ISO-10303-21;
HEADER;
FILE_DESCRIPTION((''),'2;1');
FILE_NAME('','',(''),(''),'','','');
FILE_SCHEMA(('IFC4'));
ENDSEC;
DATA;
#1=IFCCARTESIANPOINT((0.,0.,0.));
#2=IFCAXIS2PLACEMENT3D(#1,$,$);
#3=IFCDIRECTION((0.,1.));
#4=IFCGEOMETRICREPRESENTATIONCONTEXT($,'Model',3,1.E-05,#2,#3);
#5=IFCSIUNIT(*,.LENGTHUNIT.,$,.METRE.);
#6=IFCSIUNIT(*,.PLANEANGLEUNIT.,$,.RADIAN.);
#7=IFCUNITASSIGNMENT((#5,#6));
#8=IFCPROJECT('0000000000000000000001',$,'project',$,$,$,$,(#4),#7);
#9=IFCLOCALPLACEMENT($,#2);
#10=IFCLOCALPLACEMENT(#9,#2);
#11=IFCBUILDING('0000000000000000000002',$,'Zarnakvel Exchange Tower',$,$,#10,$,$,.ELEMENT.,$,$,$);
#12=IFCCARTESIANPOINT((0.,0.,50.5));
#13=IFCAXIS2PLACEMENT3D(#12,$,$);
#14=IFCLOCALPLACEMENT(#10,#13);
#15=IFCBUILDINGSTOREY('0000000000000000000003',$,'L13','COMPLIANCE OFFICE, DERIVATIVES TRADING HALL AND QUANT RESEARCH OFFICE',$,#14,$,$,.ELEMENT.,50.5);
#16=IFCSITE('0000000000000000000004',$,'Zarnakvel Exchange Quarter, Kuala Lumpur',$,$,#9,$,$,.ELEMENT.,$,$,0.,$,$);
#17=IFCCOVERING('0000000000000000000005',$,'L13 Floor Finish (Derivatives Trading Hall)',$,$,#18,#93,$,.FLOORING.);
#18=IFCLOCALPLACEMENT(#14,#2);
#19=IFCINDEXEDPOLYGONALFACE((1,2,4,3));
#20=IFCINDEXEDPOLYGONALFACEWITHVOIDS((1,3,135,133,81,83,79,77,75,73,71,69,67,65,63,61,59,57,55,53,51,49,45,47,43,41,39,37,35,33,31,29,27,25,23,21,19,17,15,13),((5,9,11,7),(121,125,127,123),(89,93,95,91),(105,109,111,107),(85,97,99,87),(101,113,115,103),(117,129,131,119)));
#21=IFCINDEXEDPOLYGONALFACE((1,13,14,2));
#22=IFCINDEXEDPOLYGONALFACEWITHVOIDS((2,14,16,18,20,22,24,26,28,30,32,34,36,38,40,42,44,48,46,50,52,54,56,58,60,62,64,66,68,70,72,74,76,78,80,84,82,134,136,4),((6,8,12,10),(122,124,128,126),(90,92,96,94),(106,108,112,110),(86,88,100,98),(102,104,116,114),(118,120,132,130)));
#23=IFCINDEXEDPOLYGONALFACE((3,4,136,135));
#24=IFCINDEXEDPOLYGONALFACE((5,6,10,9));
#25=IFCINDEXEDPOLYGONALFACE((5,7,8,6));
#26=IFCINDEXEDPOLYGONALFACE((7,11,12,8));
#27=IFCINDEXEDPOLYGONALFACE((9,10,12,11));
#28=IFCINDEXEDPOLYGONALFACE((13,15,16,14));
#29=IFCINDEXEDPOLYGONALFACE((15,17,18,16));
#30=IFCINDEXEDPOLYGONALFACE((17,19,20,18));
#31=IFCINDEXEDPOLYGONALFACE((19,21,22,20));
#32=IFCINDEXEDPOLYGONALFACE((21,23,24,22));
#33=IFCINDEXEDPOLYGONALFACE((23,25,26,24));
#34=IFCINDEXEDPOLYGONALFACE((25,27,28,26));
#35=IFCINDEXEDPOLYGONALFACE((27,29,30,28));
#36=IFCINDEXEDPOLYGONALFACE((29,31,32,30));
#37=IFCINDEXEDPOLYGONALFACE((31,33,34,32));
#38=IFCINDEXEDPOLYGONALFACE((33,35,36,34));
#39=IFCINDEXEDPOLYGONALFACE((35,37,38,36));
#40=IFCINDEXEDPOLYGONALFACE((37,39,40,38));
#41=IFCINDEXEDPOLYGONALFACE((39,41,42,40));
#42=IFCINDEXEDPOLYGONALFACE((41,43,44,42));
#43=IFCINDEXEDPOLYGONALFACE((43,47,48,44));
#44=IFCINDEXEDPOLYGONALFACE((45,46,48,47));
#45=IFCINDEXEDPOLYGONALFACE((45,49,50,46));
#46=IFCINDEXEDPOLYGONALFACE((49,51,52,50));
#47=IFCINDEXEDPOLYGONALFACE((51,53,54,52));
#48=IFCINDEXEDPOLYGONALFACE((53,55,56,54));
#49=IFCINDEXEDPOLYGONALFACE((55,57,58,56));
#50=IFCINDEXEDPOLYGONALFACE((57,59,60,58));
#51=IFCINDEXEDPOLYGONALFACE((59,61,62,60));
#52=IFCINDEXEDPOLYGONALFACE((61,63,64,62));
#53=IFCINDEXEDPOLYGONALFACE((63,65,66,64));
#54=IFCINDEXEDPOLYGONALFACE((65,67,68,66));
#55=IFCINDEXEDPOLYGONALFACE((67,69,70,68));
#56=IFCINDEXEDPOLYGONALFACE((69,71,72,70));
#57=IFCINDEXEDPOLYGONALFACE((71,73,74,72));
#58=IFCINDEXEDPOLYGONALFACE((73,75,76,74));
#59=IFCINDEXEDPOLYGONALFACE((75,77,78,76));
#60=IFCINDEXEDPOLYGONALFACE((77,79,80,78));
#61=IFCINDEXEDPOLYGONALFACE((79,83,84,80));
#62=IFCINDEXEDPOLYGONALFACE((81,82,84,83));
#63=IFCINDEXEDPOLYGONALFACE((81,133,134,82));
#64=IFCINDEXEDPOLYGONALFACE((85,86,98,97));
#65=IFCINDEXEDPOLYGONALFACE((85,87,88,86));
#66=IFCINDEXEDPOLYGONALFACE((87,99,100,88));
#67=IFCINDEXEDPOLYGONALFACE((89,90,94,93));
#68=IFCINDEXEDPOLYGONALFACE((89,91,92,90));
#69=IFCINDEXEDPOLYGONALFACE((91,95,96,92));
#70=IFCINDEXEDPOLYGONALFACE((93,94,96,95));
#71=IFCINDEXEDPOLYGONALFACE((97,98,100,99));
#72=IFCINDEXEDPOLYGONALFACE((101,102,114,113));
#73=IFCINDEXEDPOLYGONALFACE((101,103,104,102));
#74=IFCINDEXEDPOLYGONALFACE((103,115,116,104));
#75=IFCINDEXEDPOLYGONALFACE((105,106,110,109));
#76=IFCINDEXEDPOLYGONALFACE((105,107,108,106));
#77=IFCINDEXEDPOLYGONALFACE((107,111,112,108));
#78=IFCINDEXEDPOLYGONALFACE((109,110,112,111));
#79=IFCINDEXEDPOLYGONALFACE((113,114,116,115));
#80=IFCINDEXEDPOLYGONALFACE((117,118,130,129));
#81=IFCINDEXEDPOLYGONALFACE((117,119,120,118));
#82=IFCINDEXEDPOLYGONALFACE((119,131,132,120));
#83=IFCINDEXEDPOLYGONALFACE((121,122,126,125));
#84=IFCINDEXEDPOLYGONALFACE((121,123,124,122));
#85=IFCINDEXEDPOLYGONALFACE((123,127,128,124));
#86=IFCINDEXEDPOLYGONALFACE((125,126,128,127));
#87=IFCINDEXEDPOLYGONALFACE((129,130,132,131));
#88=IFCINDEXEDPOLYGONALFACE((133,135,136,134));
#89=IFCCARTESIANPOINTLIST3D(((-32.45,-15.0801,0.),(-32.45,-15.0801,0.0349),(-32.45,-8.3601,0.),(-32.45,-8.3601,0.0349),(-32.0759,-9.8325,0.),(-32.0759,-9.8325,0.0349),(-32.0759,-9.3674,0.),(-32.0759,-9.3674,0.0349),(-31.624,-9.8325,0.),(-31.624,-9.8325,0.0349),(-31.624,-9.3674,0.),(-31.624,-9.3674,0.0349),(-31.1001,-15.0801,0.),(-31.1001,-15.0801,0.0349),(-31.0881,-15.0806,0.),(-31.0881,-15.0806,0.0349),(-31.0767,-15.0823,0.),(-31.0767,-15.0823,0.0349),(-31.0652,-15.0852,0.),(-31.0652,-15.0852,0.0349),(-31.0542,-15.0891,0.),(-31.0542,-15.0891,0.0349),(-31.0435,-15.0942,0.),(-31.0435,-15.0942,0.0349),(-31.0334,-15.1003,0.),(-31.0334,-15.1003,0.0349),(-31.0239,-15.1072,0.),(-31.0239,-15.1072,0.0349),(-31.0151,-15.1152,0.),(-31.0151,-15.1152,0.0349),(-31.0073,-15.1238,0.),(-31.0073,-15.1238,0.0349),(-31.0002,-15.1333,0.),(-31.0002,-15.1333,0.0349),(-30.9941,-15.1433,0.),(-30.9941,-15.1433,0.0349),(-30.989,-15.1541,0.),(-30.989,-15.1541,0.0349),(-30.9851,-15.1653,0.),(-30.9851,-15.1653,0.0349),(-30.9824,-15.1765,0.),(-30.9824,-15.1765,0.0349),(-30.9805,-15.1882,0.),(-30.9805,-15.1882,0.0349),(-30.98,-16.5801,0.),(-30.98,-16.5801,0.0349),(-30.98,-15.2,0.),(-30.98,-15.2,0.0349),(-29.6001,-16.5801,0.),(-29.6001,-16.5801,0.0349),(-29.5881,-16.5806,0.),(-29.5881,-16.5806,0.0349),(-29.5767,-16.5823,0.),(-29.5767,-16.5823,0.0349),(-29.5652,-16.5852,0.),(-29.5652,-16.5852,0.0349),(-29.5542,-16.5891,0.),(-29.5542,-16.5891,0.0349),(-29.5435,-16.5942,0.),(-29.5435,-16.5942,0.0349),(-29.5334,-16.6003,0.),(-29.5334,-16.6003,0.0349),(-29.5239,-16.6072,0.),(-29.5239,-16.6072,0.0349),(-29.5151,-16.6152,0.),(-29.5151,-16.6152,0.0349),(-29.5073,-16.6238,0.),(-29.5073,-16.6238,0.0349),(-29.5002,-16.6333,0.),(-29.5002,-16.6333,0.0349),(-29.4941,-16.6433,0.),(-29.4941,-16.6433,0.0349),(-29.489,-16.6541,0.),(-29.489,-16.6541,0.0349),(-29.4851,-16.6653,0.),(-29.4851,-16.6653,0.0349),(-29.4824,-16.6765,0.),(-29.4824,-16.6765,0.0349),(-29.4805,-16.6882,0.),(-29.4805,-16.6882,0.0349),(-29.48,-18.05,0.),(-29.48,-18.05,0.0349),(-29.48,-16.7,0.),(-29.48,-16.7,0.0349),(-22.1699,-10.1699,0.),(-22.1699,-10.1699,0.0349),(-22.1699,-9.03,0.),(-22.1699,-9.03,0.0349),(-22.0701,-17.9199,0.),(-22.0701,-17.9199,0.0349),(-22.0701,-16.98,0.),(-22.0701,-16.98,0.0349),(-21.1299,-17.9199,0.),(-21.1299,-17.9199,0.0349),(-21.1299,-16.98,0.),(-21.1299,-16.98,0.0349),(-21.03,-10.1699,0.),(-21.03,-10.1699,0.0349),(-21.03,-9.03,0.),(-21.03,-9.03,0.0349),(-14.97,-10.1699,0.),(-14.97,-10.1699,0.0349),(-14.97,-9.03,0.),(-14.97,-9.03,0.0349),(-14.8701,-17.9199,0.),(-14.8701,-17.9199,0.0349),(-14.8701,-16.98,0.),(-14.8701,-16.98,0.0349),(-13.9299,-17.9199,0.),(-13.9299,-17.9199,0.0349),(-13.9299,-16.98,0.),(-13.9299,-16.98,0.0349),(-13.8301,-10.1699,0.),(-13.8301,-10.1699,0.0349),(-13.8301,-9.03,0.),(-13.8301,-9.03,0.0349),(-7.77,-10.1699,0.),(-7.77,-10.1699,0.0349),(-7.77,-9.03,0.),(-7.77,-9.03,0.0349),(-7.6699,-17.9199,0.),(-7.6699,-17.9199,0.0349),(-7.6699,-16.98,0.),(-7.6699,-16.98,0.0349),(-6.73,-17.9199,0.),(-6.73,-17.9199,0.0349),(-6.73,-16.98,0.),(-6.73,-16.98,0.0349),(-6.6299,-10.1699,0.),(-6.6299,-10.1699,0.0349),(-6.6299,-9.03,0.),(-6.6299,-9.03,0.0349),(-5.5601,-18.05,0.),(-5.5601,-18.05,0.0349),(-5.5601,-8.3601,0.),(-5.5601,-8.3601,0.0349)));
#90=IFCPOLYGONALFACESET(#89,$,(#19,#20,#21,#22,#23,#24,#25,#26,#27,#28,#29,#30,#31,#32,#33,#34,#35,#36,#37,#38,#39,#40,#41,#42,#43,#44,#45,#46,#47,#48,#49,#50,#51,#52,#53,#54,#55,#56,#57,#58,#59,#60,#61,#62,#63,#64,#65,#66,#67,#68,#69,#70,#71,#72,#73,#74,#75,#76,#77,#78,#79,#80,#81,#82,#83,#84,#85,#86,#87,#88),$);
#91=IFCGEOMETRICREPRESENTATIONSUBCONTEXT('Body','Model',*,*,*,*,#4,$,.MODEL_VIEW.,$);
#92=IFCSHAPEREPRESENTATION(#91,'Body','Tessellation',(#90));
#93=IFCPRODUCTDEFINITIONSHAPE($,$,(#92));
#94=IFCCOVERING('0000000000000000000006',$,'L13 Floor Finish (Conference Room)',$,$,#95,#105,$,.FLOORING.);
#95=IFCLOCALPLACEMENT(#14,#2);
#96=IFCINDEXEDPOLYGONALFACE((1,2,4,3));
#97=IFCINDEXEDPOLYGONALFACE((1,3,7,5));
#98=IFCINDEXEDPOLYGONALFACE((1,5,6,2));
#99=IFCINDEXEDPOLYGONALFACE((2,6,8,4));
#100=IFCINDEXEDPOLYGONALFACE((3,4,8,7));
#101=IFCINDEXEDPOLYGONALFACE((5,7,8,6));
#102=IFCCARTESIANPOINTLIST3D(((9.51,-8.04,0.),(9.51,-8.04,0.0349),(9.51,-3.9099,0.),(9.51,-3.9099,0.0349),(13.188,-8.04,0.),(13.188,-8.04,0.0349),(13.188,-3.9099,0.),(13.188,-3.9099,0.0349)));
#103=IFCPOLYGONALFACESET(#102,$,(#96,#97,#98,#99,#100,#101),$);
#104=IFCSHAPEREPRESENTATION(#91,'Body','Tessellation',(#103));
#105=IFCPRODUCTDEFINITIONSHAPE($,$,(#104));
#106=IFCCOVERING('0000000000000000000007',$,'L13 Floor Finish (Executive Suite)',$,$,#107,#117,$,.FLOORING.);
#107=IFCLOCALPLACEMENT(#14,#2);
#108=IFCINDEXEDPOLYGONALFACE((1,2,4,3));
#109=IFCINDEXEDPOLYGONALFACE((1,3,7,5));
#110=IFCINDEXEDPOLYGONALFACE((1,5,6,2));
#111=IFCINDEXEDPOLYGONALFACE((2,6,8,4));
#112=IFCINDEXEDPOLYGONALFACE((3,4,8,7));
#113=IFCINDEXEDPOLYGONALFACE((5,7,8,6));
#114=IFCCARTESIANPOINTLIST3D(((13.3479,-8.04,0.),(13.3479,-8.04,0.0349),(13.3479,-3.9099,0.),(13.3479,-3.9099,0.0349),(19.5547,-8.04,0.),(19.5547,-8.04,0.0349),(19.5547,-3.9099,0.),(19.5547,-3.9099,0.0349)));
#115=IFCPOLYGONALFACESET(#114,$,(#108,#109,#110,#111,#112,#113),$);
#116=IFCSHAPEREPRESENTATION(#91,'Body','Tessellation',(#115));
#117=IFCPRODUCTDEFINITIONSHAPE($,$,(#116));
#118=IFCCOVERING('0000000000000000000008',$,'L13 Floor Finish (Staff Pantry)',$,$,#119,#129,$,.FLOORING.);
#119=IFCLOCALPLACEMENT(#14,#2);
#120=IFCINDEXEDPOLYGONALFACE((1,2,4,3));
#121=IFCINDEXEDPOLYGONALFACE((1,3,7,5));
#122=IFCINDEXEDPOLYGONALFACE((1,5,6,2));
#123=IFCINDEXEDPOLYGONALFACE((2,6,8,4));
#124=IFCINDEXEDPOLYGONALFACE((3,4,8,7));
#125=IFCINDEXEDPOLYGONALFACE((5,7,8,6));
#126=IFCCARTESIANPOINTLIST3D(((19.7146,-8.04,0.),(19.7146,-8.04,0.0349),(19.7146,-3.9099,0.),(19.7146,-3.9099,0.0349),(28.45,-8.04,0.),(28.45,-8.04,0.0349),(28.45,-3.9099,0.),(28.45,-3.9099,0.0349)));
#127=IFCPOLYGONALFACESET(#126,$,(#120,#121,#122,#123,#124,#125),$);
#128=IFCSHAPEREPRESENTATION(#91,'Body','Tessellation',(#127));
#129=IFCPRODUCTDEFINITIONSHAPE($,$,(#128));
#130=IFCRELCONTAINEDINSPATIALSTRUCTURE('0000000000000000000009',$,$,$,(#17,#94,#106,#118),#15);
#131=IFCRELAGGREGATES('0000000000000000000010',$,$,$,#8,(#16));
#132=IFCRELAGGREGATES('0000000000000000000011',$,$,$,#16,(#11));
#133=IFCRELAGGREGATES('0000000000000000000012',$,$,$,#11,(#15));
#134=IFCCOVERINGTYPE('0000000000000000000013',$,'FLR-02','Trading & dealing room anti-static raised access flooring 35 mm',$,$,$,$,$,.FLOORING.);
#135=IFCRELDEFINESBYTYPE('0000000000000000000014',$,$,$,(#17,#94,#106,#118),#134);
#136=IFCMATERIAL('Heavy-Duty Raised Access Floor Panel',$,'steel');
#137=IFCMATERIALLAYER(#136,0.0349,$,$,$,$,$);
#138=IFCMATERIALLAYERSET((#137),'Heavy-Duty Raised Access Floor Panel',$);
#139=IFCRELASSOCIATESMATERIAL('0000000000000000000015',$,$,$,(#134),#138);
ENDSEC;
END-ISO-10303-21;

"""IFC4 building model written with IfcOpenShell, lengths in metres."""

from ifc_helpers import new_model, si_unit, direction, frame, origin, place, context, subcontext, project, spatial, polyline, outline, extrude, material, layer, layer_set, type_object, element, save


model = new_model("IFC4")

# Units and contexts
model_context = context("Model", 3, precision=1e-05, world=origin(), true_north=direction((0.0, 1.0)))
body_context = subcontext(model_context, "Body", "Model", "MODEL_VIEW")
ifc_project = project(units=[si_unit("LENGTHUNIT", "METRE"), si_unit("PLANEANGLEUNIT", "RADIAN")], contexts=[model_context])

# Site, building, storey
site_placement = place(None, origin())
site = spatial("IfcSite", under=ifc_project, at=site_placement, Name="Zarnakvel Exchange Quarter, Kuala Lumpur", CompositionType="ELEMENT", RefElevation=0.0)
building_placement = place(site_placement, origin())
building = spatial("IfcBuilding", under=site, at=building_placement, Name="Zarnakvel Exchange Tower", CompositionType="ELEMENT")
storey_placement = place(building_placement, frame((0.0, 0.0, 50.5)))
storey = spatial("IfcBuildingStorey", under=building, at=storey_placement, Name="L13", Description="COMPLIANCE OFFICE, DERIVATIVES TRADING HALL AND QUANT RESEARCH OFFICE", CompositionType="ELEMENT", Elevation=50.5)

# Coverings
ifc_material_1 = material(Name="Heavy-Duty Raised Access Floor Panel", Category="steel")
ifc_layer_1 = layer(ifc_material_1, 0.0349)
ifc_layer_set_1 = layer_set([ifc_layer_1], Name="Heavy-Duty Raised Access Floor Panel")
covering_type_1 = type_object("IfcCoveringType", Name="FLR-02", Description="Trading & dealing room anti-static raised access flooring 35 mm", PredefinedType="FLOORING", material=ifc_layer_set_1)
covering_1_placement = place(storey_placement, origin())
element("IfcCovering", 1, at=covering_1_placement, inside=storey, type_object=covering_type_1, Name="L13 Floor Finish (Derivatives Trading Hall)", PredefinedType="FLOORING", context=body_context, shape_type="SweptSolid", body=[
    extrude(outline(polyline([(-5.5601, -8.3601), (-5.5601, -18.05), (-29.48, -18.05), (-29.48, -16.7), (-29.4805, -16.6882), (-29.4824, -16.6765), (-29.4851, -16.6653), (-29.489, -16.6541), (-29.4941, -16.6433), (-29.5002, -16.6333), (-29.5073, -16.6238), (-29.5151, -16.6152), (-29.5239, -16.6072), (-29.5334, -16.6003), (-29.5435, -16.5942), (-29.5542, -16.5891), (-29.5652, -16.5852), (-29.5767, -16.5823), (-29.5881, -16.5806), (-29.6001, -16.5801), (-30.98, -16.5801), (-30.98, -15.2), (-30.9805, -15.1882), (-30.9824, -15.1765), (-30.9851, -15.1653), (-30.989, -15.1541), (-30.9941, -15.1433), (-31.0002, -15.1333), (-31.0073, -15.1238), (-31.0151, -15.1152), (-31.0239, -15.1072), (-31.0334, -15.1003), (-31.0435, -15.0942), (-31.0542, -15.0891), (-31.0652, -15.0852), (-31.0767, -15.0823), (-31.0881, -15.0806), (-31.1001, -15.0801), (-32.45, -15.0801), (-32.45, -8.3601), (-5.5601, -8.3601)]), holes=[polyline([(-7.77, -10.1699), (-6.6299, -10.1699), (-6.6299, -9.03), (-7.77, -9.03), (-7.77, -10.1699)]), polyline([(-6.73, -17.9199), (-6.73, -16.98), (-7.6699, -16.98), (-7.6699, -17.9199), (-6.73, -17.9199)]), polyline([(-13.8301, -10.1699), (-13.8301, -9.03), (-14.97, -9.03), (-14.97, -10.1699), (-13.8301, -10.1699)]), polyline([(-13.9299, -17.9199), (-13.9299, -16.98), (-14.8701, -16.98), (-14.8701, -17.9199), (-13.9299, -17.9199)]), polyline([(-21.03, -10.1699), (-21.03, -9.03), (-22.1699, -9.03), (-22.1699, -10.1699), (-21.03, -10.1699)]), polyline([(-21.1299, -17.9199), (-21.1299, -16.98), (-22.0701, -16.98), (-22.0701, -17.9199), (-21.1299, -17.9199)]), polyline([(-32.0759, -9.8325), (-31.624, -9.8325), (-31.624, -9.3674), (-32.0759, -9.3674), (-32.0759, -9.8325)])]), origin(), (0.0, 0.0, 1.0), 0.0349),
])
covering_2_placement = place(storey_placement, origin())
element("IfcCovering", 2, at=covering_2_placement, inside=storey, type_object=covering_type_1, Name="L13 Floor Finish (Conference Room)", PredefinedType="FLOORING", context=body_context, shape_type="SweptSolid", body=[
    extrude(outline(polyline([(9.51, -3.9099), (13.188, -3.9099), (13.188, -8.04), (9.51, -8.04), (9.51, -3.9099)])), origin(), (0.0, 0.0, 1.0), 0.0349),
])
covering_3_placement = place(storey_placement, origin())
element("IfcCovering", 3, at=covering_3_placement, inside=storey, type_object=covering_type_1, Name="L13 Floor Finish (Executive Suite)", PredefinedType="FLOORING", context=body_context, shape_type="SweptSolid", body=[
    extrude(outline(polyline([(13.3479, -3.9099), (19.5547, -3.9099), (19.5547, -8.04), (13.3479, -8.04), (13.3479, -3.9099)])), origin(), (0.0, 0.0, 1.0), 0.0349),
])
covering_4_placement = place(storey_placement, origin())
element("IfcCovering", 4, at=covering_4_placement, inside=storey, type_object=covering_type_1, Name="L13 Floor Finish (Staff Pantry)", PredefinedType="FLOORING", context=body_context, shape_type="SweptSolid", body=[
    extrude(outline(polyline([(19.7146, -3.9099), (28.45, -3.9099), (28.45, -8.04), (19.7146, -8.04), (19.7146, -3.9099)])), origin(), (0.0, 0.0, 1.0), 0.0349),
])

save(model, "model.ifc")
